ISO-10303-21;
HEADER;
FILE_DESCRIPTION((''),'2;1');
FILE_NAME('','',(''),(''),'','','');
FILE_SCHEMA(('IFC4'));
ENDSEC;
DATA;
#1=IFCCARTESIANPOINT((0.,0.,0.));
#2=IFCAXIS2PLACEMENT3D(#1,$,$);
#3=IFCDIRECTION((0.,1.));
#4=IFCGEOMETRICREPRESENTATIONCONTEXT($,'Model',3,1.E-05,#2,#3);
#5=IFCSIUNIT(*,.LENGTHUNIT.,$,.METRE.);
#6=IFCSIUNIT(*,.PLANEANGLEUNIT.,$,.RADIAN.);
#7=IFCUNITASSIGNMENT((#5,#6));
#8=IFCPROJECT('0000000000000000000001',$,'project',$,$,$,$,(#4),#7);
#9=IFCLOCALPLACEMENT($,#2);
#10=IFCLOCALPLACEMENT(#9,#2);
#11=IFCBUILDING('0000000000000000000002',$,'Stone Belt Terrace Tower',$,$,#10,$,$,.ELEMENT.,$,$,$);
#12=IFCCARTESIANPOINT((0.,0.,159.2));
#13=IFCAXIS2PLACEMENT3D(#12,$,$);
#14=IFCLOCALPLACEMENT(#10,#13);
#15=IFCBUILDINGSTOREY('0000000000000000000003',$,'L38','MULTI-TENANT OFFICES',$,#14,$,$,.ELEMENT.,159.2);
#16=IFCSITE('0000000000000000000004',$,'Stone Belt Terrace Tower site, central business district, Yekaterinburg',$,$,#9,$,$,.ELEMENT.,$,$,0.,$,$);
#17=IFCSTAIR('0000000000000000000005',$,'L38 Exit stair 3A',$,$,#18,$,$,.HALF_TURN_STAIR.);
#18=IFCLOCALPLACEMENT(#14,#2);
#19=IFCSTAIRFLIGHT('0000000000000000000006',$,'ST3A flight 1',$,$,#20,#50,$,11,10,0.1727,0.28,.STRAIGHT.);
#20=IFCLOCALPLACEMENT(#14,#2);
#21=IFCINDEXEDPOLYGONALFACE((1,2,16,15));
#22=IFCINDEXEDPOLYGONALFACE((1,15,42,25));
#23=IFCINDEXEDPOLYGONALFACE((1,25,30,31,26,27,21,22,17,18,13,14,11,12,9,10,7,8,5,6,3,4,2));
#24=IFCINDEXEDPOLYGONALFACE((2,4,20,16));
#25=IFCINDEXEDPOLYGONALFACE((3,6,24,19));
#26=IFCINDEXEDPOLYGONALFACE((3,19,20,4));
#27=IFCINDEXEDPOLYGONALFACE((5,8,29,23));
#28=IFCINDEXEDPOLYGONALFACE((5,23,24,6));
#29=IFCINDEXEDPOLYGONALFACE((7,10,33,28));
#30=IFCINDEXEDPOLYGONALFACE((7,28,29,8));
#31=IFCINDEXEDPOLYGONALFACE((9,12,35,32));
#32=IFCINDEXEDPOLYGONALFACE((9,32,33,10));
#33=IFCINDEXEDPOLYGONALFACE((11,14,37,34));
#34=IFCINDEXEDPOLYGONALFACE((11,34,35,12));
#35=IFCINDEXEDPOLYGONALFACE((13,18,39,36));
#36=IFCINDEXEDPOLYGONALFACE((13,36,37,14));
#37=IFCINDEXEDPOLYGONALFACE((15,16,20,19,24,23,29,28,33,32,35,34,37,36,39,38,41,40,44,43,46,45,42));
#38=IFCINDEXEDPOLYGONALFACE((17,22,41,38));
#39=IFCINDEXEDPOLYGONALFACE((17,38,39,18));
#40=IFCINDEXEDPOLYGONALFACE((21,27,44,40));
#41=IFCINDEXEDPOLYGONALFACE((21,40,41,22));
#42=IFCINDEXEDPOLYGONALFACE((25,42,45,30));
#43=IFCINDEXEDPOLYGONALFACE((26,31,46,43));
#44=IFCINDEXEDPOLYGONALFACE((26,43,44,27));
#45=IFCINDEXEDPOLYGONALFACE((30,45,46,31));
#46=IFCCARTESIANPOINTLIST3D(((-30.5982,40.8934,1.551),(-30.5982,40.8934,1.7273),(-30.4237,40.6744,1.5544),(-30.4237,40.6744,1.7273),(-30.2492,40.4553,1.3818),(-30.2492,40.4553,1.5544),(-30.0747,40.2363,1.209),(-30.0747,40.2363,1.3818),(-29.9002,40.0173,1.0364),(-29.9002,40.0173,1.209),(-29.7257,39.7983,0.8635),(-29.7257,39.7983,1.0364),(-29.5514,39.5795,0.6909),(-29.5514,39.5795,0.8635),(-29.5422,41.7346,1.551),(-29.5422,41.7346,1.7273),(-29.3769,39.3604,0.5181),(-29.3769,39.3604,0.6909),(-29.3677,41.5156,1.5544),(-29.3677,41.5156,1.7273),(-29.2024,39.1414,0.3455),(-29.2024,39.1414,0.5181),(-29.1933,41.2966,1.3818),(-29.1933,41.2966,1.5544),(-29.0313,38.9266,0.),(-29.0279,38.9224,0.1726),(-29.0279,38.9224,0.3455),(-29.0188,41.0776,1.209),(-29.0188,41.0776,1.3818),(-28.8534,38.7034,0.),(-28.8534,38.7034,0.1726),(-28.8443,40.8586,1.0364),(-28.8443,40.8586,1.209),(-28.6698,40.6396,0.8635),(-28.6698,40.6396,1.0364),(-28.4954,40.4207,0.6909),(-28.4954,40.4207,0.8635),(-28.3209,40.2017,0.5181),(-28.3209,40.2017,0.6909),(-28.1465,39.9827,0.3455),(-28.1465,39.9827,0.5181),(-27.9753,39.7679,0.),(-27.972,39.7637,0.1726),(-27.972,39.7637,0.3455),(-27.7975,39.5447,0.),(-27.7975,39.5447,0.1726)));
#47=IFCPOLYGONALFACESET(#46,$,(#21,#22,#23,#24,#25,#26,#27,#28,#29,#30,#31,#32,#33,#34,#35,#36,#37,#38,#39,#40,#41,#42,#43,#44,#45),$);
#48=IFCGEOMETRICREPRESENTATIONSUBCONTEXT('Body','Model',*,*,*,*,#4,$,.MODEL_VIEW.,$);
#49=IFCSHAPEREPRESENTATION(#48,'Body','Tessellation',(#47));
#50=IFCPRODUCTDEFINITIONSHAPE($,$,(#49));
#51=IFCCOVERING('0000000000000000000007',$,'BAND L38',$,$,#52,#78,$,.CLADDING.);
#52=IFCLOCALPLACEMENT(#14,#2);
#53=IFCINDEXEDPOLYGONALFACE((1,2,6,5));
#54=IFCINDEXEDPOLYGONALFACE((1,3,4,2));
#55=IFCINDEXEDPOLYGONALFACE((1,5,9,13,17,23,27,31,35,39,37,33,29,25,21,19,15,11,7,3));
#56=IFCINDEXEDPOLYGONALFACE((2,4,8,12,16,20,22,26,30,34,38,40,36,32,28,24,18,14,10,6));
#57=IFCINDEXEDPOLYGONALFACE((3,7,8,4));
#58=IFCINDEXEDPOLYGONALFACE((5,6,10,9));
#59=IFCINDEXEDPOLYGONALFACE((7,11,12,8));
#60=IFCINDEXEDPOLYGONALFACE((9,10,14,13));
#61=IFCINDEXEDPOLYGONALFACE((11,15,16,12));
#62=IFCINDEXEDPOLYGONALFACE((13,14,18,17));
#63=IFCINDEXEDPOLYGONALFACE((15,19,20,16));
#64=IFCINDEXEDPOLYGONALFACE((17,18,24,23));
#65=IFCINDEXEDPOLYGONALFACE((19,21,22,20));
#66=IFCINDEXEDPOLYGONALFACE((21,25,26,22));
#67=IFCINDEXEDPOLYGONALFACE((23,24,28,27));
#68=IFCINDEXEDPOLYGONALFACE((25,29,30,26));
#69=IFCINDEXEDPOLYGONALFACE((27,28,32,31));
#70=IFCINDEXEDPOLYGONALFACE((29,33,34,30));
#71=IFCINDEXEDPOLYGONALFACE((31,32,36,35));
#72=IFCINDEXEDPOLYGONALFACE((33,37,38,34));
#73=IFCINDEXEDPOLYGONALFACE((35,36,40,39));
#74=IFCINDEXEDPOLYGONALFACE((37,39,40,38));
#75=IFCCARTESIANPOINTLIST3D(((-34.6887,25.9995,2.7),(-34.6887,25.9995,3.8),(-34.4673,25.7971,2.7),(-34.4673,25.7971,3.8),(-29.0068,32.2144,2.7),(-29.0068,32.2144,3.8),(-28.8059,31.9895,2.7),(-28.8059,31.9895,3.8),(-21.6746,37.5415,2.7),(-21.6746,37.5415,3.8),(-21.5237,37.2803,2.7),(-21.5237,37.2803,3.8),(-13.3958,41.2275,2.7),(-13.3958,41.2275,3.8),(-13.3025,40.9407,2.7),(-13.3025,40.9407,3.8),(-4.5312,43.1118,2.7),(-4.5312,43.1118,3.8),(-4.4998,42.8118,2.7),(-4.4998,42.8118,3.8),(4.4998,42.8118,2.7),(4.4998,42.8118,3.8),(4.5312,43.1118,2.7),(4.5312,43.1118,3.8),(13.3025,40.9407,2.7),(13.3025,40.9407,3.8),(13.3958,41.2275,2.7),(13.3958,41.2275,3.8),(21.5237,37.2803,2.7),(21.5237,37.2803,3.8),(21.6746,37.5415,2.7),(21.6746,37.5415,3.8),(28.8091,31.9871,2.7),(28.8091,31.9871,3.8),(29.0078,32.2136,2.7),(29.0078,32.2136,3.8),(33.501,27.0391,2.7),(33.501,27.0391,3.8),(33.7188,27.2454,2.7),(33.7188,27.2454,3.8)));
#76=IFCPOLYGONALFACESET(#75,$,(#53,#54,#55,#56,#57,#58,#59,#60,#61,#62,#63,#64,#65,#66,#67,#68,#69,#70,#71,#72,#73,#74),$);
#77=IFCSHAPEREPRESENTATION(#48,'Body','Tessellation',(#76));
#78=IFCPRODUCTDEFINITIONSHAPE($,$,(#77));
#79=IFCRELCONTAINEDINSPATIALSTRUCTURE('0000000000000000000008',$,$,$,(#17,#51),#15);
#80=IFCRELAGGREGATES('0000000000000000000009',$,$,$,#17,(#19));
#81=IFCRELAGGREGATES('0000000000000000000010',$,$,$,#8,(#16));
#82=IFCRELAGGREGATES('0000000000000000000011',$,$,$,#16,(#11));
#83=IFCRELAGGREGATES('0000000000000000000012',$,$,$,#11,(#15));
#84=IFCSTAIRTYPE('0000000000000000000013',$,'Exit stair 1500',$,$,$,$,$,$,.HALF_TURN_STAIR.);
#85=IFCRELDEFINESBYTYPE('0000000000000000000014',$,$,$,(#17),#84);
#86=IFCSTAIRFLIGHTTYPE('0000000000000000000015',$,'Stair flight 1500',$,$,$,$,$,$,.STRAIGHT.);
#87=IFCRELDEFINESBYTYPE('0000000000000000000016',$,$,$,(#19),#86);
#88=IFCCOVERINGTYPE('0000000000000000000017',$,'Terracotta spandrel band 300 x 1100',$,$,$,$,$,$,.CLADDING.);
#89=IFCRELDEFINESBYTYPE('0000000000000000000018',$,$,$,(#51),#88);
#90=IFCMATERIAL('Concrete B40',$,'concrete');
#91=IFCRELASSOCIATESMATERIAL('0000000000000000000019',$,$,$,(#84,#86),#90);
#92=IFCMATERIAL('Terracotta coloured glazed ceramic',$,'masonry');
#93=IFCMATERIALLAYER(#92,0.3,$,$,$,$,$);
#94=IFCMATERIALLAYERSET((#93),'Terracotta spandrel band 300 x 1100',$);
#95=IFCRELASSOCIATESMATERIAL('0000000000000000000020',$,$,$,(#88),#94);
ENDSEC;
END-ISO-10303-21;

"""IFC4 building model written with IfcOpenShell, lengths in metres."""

from ifc_helpers import new_model, si_unit, direction, frame, origin, place, context, subcontext, project, spatial, polyline, outline, extrude, material, layer, layer_set, type_object, element, aggregate, save


model = new_model("IFC4")

# Units and contexts
model_context = context("Model", 3, precision=1e-05, world=origin(), true_north=direction((0.0, 1.0)))
body_context = subcontext(model_context, "Body", "Model", "MODEL_VIEW")
ifc_project = project(units=[si_unit("LENGTHUNIT", "METRE"), si_unit("PLANEANGLEUNIT", "RADIAN")], contexts=[model_context])

# Site, building, storey
site_placement = place(None, origin())
site = spatial("IfcSite", under=ifc_project, at=site_placement, Name="Stone Belt Terrace Tower site, central business district, Yekaterinburg", CompositionType="ELEMENT", RefElevation=0.0)
building_placement = place(site_placement, origin())
building = spatial("IfcBuilding", under=site, at=building_placement, Name="Stone Belt Terrace Tower", CompositionType="ELEMENT")
storey_placement = place(building_placement, frame((0.0, 0.0, 159.2)))
storey = spatial("IfcBuildingStorey", under=building, at=storey_placement, Name="L38", Description="MULTI-TENANT OFFICES", CompositionType="ELEMENT", Elevation=159.2)

# Shared definitions
ifc_material_1 = material(Name="Concrete B40", Category="concrete")

# Shared definitions
stair_type = type_object("IfcStairType", Name="Exit stair 1500", PredefinedType="HALF_TURN_STAIR", material=ifc_material_1)

# Stair, stair flight
stair_1_placement = place(storey_placement, origin())
stair_1 = element("IfcStair", 1, at=stair_1_placement, inside=storey, type_object=stair_type, Name="L38 Exit stair 3A", PredefinedType="HALF_TURN_STAIR")
stair_flight_type = type_object("IfcStairFlightType", Name="Stair flight 1500", PredefinedType="STRAIGHT", material=ifc_material_1)
stair_flight_placement = place(storey_placement, frame((-28.3254, 39.124, 0.0), z_axis=(0.0, 0.0, 1.0), x_axis=(-0.623121, 0.782125, 0.0)))
stair_flight = element("IfcStairFlight", 2, at=stair_flight_placement, type_object=stair_flight_type, Name="ST3A flight 1", NumberOfRisers=11, NumberOfTreads=10, PredefinedType="STRAIGHT", RiserHeight=0.1727, TreadLength=0.28, context=body_context, shape_type="SweptSolid", body=[
    extrude(outline(polyline([(0.0, 0.0), (0.0, 0.1726), (0.28, 0.1726), (0.28, 0.3455), (0.5601, 0.3455), (0.5601, 0.5181), (0.8401, 0.5181), (0.8401, 0.6909), (1.1201, 0.6909), (1.1201, 0.8635), (1.3999, 0.8635), (1.3999, 1.0364), (1.6799, 1.0364), (1.6799, 1.209), (1.96, 1.209), (1.96, 1.3818), (2.24, 1.3818), (2.24, 1.5544), (2.52, 1.5544), (2.52, 1.7273), (2.8, 1.7273), (2.8, 1.8999), (2.8, 1.551), (0.2854, 0.0), (0.0, 0.0)])), frame((0.0, 0.675, 0.0), z_axis=(0.0, -1.0, 0.0), x_axis=(1.0, 0.0, 0.0)), (0.0, 0.0, 1.0), 1.3501),
])
aggregate(stair_1, [stair_flight])

# Covering
ifc_material_2 = material(Name="Terracotta coloured glazed ceramic", Category="masonry")
ifc_layer_1 = layer(ifc_material_2, 0.3)
ifc_layer_set_1 = layer_set([ifc_layer_1], Name="Terracotta spandrel band 300 x 1100")
covering_type = type_object("IfcCoveringType", Name="Terracotta spandrel band 300 x 1100", PredefinedType="CLADDING", material=ifc_layer_set_1)
covering_placement = place(storey_placement, frame((0.0, 0.0, 2.7)))
element("IfcCovering", 3, at=covering_placement, inside=storey, type_object=covering_type, Name="BAND L38", PredefinedType="CLADDING", context=body_context, shape_type="SweptSolid", body=[
    extrude(outline(polyline([(-34.6887, 25.9995), (-29.0068, 32.2144), (-21.6746, 37.5415), (-13.3958, 41.2275), (-4.5312, 43.1118), (4.5312, 43.1118), (13.3958, 41.2275), (21.6746, 37.5415), (29.0078, 32.2136), (33.7188, 27.2454), (33.501, 27.0391), (28.8091, 31.9871), (21.5237, 37.2803), (13.3025, 40.9407), (4.4998, 42.8118), (-4.4998, 42.8118), (-13.3025, 40.9407), (-21.5237, 37.2803), (-28.8059, 31.9895), (-34.4673, 25.7971), (-34.6887, 25.9995)])), origin(), (0.0, 0.0, 1.0), 1.1001),
])

save(model, "model.ifc")
